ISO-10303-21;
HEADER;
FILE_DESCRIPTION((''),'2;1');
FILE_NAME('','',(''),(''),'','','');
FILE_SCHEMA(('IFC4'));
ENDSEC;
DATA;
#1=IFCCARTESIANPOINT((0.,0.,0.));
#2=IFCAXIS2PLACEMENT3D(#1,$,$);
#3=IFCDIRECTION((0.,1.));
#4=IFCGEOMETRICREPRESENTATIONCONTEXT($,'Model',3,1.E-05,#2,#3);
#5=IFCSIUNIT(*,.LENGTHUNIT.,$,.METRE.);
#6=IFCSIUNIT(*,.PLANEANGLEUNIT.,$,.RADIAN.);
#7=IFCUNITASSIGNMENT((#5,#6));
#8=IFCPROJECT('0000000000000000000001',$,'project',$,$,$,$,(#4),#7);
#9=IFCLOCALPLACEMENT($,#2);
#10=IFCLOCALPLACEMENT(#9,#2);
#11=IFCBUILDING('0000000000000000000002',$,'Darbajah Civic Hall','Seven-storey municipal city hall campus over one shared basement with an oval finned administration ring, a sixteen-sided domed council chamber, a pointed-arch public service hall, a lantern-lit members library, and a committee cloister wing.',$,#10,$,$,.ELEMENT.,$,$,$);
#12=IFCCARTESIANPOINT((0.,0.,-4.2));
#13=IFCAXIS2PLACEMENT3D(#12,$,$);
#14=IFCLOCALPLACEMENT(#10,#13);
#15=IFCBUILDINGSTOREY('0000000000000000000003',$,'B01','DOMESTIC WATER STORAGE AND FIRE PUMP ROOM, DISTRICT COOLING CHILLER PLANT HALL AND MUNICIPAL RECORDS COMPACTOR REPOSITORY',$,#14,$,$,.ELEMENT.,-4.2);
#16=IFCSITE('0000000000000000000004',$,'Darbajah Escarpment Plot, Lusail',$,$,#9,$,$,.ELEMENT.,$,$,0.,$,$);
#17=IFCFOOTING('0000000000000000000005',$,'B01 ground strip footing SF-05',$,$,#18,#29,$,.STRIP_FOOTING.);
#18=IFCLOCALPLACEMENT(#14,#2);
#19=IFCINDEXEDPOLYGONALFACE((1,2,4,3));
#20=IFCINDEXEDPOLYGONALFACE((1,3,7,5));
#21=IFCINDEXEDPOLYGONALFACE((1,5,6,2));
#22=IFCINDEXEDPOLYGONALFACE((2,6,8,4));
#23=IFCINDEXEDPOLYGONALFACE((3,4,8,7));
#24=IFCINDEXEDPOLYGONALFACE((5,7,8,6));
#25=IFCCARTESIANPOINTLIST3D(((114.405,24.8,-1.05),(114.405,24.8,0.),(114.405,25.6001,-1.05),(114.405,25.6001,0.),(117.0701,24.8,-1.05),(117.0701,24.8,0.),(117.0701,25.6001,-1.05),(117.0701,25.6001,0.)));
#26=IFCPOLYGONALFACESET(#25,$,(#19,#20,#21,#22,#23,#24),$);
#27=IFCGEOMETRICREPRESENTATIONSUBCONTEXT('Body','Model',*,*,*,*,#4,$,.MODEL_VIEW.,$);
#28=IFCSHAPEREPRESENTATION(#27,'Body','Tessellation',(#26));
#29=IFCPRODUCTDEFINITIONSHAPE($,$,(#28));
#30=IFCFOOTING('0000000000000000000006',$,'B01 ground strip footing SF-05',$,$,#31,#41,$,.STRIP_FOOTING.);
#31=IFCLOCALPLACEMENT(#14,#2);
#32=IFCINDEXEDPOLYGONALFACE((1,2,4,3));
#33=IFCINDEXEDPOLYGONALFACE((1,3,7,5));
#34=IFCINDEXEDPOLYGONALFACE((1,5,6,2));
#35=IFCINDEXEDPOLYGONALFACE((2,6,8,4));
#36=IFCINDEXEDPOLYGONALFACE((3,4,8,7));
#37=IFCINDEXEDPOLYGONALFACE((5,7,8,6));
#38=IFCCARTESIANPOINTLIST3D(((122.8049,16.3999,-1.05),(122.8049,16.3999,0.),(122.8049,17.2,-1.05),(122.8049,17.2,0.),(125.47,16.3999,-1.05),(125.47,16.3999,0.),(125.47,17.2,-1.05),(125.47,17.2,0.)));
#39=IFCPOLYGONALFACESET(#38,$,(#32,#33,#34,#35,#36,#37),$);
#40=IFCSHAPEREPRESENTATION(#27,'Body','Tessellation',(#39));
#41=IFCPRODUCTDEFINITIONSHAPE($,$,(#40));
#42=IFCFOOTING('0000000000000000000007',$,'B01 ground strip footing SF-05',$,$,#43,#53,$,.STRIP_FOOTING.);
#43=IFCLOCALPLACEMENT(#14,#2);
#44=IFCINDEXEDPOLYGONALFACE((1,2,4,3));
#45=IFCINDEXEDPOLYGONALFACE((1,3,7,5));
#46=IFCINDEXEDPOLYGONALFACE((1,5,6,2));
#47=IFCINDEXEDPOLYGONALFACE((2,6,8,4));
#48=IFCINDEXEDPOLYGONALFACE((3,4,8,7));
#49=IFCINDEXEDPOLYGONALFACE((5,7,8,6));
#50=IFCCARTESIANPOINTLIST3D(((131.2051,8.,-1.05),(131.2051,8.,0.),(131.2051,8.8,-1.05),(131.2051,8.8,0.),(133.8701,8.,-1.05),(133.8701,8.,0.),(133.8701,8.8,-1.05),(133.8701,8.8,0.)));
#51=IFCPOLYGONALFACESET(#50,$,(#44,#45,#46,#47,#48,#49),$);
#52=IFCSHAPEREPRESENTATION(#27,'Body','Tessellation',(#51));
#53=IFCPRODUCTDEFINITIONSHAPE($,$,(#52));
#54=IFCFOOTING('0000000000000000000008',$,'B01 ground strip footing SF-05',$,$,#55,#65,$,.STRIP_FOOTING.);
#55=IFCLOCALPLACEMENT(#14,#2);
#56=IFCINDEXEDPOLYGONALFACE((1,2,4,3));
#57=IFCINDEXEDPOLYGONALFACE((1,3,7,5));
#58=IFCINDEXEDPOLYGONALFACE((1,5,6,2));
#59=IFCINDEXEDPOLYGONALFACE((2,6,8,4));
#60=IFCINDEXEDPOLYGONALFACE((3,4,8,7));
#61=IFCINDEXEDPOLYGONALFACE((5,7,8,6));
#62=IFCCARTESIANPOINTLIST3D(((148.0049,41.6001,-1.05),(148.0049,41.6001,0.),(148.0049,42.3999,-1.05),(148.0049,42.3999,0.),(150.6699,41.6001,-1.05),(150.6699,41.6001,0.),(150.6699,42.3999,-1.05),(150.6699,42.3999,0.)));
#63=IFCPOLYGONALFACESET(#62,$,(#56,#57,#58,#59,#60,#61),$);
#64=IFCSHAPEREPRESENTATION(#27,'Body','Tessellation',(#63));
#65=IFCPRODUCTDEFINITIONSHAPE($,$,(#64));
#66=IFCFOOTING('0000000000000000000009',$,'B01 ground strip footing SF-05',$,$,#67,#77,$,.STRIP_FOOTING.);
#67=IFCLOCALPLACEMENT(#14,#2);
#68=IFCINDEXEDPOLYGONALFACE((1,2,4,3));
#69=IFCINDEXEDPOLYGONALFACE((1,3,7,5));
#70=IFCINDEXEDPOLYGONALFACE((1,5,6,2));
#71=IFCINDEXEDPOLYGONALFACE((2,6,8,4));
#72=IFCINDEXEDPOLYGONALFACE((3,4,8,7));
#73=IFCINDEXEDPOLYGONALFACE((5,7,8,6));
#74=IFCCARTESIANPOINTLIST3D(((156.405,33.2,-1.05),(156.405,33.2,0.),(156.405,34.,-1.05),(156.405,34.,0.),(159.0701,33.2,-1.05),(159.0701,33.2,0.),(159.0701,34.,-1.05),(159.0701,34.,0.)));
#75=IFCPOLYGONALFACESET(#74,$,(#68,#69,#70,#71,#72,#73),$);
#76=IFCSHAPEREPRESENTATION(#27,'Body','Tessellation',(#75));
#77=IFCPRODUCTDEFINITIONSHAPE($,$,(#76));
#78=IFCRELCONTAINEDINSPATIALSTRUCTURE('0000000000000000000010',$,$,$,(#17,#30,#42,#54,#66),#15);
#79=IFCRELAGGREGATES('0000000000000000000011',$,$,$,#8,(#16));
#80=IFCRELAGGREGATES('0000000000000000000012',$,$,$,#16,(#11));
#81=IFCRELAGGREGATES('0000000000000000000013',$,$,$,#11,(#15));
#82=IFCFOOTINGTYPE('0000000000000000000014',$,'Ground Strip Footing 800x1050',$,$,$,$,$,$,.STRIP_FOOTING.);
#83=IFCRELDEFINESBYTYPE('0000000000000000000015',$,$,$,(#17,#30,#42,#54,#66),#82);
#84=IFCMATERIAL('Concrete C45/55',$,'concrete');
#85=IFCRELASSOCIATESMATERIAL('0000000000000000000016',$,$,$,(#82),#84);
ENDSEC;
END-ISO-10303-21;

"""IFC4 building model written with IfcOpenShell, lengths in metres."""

from ifc_helpers import new_model, si_unit, direction, frame, origin, place, context, subcontext, project, spatial, polyline, outline, extrude, material, type_object, element, save


model = new_model("IFC4")

# Units and contexts
model_context = context("Model", 3, precision=1e-05, world=origin(), true_north=direction((0.0, 1.0)))
body_context = subcontext(model_context, "Body", "Model", "MODEL_VIEW")
ifc_project = project(units=[si_unit("LENGTHUNIT", "METRE"), si_unit("PLANEANGLEUNIT", "RADIAN")], contexts=[model_context])

# Site, building, storey
site_placement = place(None, origin())
site = spatial("IfcSite", under=ifc_project, at=site_placement, Name="Darbajah Escarpment Plot, Lusail", CompositionType="ELEMENT", RefElevation=0.0)
building_placement = place(site_placement, origin())
building = spatial("IfcBuilding", under=site, at=building_placement, Name="Darbajah Civic Hall", Description="Seven-storey municipal city hall campus over one shared basement with an oval finned administration ring, a sixteen-sided domed council chamber, a pointed-arch public service hall, a lantern-lit members library, and a committee cloister wing.", CompositionType="ELEMENT")
storey_placement = place(building_placement, frame((0.0, 0.0, -4.2)))
storey = spatial("IfcBuildingStorey", under=building, at=storey_placement, Name="B01", Description="DOMESTIC WATER STORAGE AND FIRE PUMP ROOM, DISTRICT COOLING CHILLER PLANT HALL AND MUNICIPAL RECORDS COMPACTOR REPOSITORY", CompositionType="ELEMENT", Elevation=-4.2)

# Footings
ifc_material = material(Name="Concrete C45/55", Category="concrete")
footing_type_1 = type_object("IfcFootingType", Name="Ground Strip Footing 800x1050", PredefinedType="STRIP_FOOTING", material=ifc_material)
footing_1_placement = place(storey_placement, frame((0.0, 0.0, -1.05)))
element("IfcFooting", 1, at=footing_1_placement, inside=storey, type_object=footing_type_1, Name="B01 ground strip footing SF-05", PredefinedType="STRIP_FOOTING", context=body_context, shape_type="SweptSolid", body=[
    extrude(outline(polyline([(114.405, 24.8), (117.0701, 24.8), (117.0701, 25.6001), (114.405, 25.6001), (114.405, 24.8)])), origin(), (0.0, 0.0, 1.0), 1.05),
])
footing_2_placement = place(storey_placement, frame((0.0, 0.0, -1.05)))
element("IfcFooting", 2, at=footing_2_placement, inside=storey, type_object=footing_type_1, Name="B01 ground strip footing SF-05", PredefinedType="STRIP_FOOTING", context=body_context, shape_type="SweptSolid", body=[
    extrude(outline(polyline([(122.8049, 16.3999), (125.47, 16.3999), (125.47, 17.2), (122.8049, 17.2), (122.8049, 16.3999)])), origin(), (0.0, 0.0, 1.0), 1.05),
])
footing_3_placement = place(storey_placement, frame((0.0, 0.0, -1.05)))
element("IfcFooting", 3, at=footing_3_placement, inside=storey, type_object=footing_type_1, Name="B01 ground strip footing SF-05", PredefinedType="STRIP_FOOTING", context=body_context, shape_type="SweptSolid", body=[
    extrude(outline(polyline([(131.2051, 8.0), (133.8701, 8.0), (133.8701, 8.8), (131.2051, 8.8), (131.2051, 8.0)])), origin(), (0.0, 0.0, 1.0), 1.05),
])
footing_4_placement = place(storey_placement, frame((0.0, 0.0, -1.05)))
element("IfcFooting", 4, at=footing_4_placement, inside=storey, type_object=footing_type_1, Name="B01 ground strip footing SF-05", PredefinedType="STRIP_FOOTING", context=body_context, shape_type="SweptSolid", body=[
    extrude(outline(polyline([(148.0049, 41.6001), (150.6699, 41.6001), (150.6699, 42.3999), (148.0049, 42.3999), (148.0049, 41.6001)])), origin(), (0.0, 0.0, 1.0), 1.05),
])
footing_5_placement = place(storey_placement, frame((0.0, 0.0, -1.05)))
element("IfcFooting", 5, at=footing_5_placement, inside=storey, type_object=footing_type_1, Name="B01 ground strip footing SF-05", PredefinedType="STRIP_FOOTING", context=body_context, shape_type="SweptSolid", body=[
    extrude(outline(polyline([(156.405, 33.2), (159.0701, 33.2), (159.0701, 34.0), (156.405, 34.0), (156.405, 33.2)])), origin(), (0.0, 0.0, 1.0), 1.05),
])

save(model, "model.ifc")
